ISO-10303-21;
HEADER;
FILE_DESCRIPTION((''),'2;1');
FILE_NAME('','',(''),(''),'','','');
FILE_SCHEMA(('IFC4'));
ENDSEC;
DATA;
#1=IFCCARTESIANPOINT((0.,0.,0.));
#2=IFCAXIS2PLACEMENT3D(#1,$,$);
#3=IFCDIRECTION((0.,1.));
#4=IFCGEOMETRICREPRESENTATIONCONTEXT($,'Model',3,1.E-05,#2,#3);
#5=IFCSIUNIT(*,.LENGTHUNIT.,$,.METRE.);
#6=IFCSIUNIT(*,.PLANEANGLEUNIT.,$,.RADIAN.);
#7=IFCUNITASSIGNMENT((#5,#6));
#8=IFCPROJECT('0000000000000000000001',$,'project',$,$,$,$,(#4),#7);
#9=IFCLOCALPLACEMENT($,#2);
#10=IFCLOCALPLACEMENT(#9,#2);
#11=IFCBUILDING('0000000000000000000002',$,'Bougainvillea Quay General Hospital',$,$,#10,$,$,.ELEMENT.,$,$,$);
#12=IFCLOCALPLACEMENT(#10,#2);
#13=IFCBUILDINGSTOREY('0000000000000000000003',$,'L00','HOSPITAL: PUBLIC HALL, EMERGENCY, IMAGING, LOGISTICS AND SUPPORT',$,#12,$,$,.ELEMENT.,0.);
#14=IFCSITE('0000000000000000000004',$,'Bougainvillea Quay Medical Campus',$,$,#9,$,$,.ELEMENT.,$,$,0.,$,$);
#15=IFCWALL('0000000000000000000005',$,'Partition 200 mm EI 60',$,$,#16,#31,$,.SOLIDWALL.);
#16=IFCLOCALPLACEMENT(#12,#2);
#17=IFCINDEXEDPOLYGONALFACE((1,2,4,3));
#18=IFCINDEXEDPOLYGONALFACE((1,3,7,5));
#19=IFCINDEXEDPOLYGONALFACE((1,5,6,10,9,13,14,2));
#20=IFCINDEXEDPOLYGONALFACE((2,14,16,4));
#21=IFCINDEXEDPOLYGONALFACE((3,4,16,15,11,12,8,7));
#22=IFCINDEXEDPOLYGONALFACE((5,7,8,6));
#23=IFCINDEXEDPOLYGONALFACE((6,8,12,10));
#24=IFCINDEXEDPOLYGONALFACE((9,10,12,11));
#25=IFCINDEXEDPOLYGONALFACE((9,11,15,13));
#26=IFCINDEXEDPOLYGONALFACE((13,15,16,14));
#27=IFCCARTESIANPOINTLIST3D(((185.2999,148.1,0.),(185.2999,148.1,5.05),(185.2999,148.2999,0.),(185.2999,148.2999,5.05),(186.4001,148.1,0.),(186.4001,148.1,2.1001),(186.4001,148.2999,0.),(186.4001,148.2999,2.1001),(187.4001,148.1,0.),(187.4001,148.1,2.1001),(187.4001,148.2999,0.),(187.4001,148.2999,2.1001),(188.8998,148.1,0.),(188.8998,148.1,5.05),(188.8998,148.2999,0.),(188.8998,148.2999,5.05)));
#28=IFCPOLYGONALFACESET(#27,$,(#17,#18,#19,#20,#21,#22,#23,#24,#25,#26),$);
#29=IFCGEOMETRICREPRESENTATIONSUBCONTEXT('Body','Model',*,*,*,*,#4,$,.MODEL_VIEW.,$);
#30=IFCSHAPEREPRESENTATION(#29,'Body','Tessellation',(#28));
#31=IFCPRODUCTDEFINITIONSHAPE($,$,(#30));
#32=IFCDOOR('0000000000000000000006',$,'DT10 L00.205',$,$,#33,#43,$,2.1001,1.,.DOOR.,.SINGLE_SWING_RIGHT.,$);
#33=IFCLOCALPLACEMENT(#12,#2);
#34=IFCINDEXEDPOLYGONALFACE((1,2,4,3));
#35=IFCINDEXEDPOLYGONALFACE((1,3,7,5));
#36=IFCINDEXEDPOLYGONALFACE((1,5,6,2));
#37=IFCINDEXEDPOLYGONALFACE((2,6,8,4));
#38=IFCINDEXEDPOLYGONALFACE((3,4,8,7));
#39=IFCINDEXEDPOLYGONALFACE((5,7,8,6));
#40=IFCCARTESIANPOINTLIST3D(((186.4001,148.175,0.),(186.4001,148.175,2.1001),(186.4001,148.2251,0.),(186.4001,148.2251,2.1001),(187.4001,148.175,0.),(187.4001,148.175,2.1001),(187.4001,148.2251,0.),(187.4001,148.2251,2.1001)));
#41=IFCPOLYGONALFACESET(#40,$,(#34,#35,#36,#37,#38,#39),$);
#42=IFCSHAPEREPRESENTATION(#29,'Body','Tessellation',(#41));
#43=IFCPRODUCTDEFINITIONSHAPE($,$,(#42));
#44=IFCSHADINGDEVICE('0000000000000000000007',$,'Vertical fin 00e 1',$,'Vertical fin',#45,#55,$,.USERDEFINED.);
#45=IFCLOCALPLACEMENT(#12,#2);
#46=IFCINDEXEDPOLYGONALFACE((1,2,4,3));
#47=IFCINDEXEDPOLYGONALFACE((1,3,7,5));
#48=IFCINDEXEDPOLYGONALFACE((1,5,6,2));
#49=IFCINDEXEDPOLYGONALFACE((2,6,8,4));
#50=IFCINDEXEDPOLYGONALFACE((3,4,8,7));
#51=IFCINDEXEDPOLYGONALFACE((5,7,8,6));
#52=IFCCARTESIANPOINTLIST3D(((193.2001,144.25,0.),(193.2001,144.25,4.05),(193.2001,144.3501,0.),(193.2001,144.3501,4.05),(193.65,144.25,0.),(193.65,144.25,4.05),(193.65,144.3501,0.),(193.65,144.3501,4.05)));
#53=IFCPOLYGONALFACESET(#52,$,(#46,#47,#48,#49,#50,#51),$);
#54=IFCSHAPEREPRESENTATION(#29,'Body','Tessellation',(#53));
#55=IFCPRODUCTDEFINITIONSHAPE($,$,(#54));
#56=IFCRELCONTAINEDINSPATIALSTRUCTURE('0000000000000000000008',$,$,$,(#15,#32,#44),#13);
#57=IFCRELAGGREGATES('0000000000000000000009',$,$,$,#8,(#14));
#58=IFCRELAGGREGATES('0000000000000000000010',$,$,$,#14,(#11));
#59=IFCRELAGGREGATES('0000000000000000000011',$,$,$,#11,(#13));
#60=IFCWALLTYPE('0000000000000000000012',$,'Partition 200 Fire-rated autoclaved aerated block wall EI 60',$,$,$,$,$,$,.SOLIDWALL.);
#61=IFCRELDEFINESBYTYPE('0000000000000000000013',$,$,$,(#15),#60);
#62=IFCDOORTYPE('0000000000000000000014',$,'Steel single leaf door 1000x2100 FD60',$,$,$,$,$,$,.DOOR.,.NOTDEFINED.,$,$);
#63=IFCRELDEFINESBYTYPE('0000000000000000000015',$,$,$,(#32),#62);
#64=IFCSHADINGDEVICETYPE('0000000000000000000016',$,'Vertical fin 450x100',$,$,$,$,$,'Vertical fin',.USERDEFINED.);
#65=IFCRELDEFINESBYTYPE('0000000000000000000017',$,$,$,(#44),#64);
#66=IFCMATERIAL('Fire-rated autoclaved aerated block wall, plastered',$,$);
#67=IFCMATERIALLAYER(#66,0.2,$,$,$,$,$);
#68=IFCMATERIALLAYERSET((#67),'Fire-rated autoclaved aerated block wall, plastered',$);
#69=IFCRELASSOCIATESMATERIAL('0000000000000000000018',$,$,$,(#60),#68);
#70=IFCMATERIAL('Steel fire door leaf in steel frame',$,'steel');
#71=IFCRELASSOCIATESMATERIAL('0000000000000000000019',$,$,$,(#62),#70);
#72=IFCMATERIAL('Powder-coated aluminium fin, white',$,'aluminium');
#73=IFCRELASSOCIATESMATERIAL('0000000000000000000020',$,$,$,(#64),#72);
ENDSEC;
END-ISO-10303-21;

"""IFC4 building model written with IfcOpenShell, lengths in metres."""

from ifc_helpers import new_model, si_unit, direction, frame, frame_2d, origin, origin_2d, place, context, subcontext, project, spatial, rectangle, extrude, material, layer, layer_set, material_profile, profile_set, type_object, element, fill, save


model = new_model("IFC4")

# Units and contexts
model_context = context("Model", 3, precision=1e-05, world=origin(), true_north=direction((0.0, 1.0)))
body_context = subcontext(model_context, "Body", "Model", "MODEL_VIEW")
ifc_project = project(units=[si_unit("LENGTHUNIT", "METRE"), si_unit("PLANEANGLEUNIT", "RADIAN")], contexts=[model_context])

# Site, building, storey
site_placement = place(None, origin())
site = spatial("IfcSite", under=ifc_project, at=site_placement, Name="Bougainvillea Quay Medical Campus", CompositionType="ELEMENT", RefElevation=0.0)
building_placement = place(site_placement, origin())
building = spatial("IfcBuilding", under=site, at=building_placement, Name="Bougainvillea Quay General Hospital", CompositionType="ELEMENT")
storey_placement = place(building_placement, origin())
storey = spatial("IfcBuildingStorey", under=building, at=storey_placement, Name="L00", Description="HOSPITAL: PUBLIC HALL, EMERGENCY, IMAGING, LOGISTICS AND SUPPORT", CompositionType="ELEMENT", Elevation=0.0)

# Shared definitions
ifc_material_1 = material(Name="Fire-rated autoclaved aerated block wall, plastered")
ifc_layer_1 = layer(ifc_material_1, 0.2)
ifc_layer_set_1 = layer_set([ifc_layer_1], Name="Fire-rated autoclaved aerated block wall, plastered")
wall_type_1 = type_object("IfcWallType", Name="Partition 200 Fire-rated autoclaved aerated block wall EI 60", PredefinedType="SOLIDWALL", material=ifc_layer_set_1)

# Wall, opening, door
wall_1_placement = place(storey_placement, frame((185.3, 148.2, 0.0), z_axis=(0.0, 0.0, 1.0), x_axis=(1.0, 0.0, 0.0)))
wall_1 = element("IfcWall", 1, at=wall_1_placement, inside=storey, type_object=wall_type_1, Name="Partition 200 mm EI 60", PredefinedType="SOLIDWALL", context=body_context, shape_type="SweptSolid", body=[
    extrude(rectangle(XDim=3.5999, YDim=0.2, at=frame_2d((1.7998, 0.0))), origin(), (0.0, 0.0, 1.0), 5.05),
])
opening_1_placement = place(wall_1_placement, frame((1.1001, 0.0, 0.0)))
opening_1 = element("IfcOpeningElement", 2, at=opening_1_placement, cuts=wall_1, PredefinedType="OPENING", context=body_context, shape_type="SweptSolid", body=[
    extrude(rectangle(XDim=1.0, YDim=2.1001, at=frame_2d((0.5, 1.05))), frame((0.0, 0.1099, 0.0), z_axis=(0.0, -1.0, 0.0), x_axis=(1.0, 0.0, 0.0)), (0.0, 0.0, 1.0), 0.22),
])
ifc_material_2 = material(Name="Steel fire door leaf in steel frame", Category="steel")
door_type_1 = type_object("IfcDoorType", Name="Steel single leaf door 1000x2100 FD60", OperationType="NOTDEFINED", PredefinedType="DOOR", material=ifc_material_2)
door_1_placement = place(opening_1_placement, frame((1.0, 0.0, 0.0), z_axis=(0.0, 0.0, 1.0), x_axis=(-1.0, 0.0, 0.0)))
door_1 = element("IfcDoor", 3, at=door_1_placement, inside=storey, type_object=door_type_1, Name="DT10 L00.205", OperationType="SINGLE_SWING_RIGHT", OverallHeight=2.1001, OverallWidth=1.0, PredefinedType="DOOR", context=body_context, shape_type="SweptSolid", body=[
    extrude(rectangle(XDim=1.0, YDim=2.1001, at=frame_2d((0.5, 1.05))), frame((0.0, 0.0249, 0.0), z_axis=(0.0, -1.0, 0.0), x_axis=(1.0, 0.0, 0.0)), (0.0, 0.0, 1.0), 0.05),
])
fill(opening_1, door_1)

# Shading device
ifc_material_3 = material(Name="Powder-coated aluminium fin, white", Category="aluminium")
ifc_material_profile_1 = material_profile(ifc_material_3, rectangle(XDim=0.45, YDim=0.1001, at=origin_2d()))
ifc_profile_set_1 = profile_set([ifc_material_profile_1], Name="Powder-coated aluminium fin, white")
shading_device_type = type_object("IfcShadingDeviceType", Name="Vertical fin 450x100", ElementType="Vertical fin", PredefinedType="USERDEFINED", material=ifc_profile_set_1)
shading_device_placement = place(storey_placement, frame((193.425, 144.3, 0.0), z_axis=(0.0, 0.0, 1.0), x_axis=(1.0, 0.0, 0.0)))
element("IfcShadingDevice", 4, at=shading_device_placement, inside=storey, type_object=shading_device_type, Name="Vertical fin 00e 1", ObjectType="Vertical fin", PredefinedType="USERDEFINED", context=body_context, shape_type="SweptSolid", body=[
    extrude(rectangle(XDim=0.45, YDim=0.1001, at=origin_2d()), origin(), (0.0, 0.0, 1.0), 4.05),
])

save(model, "model.ifc")
